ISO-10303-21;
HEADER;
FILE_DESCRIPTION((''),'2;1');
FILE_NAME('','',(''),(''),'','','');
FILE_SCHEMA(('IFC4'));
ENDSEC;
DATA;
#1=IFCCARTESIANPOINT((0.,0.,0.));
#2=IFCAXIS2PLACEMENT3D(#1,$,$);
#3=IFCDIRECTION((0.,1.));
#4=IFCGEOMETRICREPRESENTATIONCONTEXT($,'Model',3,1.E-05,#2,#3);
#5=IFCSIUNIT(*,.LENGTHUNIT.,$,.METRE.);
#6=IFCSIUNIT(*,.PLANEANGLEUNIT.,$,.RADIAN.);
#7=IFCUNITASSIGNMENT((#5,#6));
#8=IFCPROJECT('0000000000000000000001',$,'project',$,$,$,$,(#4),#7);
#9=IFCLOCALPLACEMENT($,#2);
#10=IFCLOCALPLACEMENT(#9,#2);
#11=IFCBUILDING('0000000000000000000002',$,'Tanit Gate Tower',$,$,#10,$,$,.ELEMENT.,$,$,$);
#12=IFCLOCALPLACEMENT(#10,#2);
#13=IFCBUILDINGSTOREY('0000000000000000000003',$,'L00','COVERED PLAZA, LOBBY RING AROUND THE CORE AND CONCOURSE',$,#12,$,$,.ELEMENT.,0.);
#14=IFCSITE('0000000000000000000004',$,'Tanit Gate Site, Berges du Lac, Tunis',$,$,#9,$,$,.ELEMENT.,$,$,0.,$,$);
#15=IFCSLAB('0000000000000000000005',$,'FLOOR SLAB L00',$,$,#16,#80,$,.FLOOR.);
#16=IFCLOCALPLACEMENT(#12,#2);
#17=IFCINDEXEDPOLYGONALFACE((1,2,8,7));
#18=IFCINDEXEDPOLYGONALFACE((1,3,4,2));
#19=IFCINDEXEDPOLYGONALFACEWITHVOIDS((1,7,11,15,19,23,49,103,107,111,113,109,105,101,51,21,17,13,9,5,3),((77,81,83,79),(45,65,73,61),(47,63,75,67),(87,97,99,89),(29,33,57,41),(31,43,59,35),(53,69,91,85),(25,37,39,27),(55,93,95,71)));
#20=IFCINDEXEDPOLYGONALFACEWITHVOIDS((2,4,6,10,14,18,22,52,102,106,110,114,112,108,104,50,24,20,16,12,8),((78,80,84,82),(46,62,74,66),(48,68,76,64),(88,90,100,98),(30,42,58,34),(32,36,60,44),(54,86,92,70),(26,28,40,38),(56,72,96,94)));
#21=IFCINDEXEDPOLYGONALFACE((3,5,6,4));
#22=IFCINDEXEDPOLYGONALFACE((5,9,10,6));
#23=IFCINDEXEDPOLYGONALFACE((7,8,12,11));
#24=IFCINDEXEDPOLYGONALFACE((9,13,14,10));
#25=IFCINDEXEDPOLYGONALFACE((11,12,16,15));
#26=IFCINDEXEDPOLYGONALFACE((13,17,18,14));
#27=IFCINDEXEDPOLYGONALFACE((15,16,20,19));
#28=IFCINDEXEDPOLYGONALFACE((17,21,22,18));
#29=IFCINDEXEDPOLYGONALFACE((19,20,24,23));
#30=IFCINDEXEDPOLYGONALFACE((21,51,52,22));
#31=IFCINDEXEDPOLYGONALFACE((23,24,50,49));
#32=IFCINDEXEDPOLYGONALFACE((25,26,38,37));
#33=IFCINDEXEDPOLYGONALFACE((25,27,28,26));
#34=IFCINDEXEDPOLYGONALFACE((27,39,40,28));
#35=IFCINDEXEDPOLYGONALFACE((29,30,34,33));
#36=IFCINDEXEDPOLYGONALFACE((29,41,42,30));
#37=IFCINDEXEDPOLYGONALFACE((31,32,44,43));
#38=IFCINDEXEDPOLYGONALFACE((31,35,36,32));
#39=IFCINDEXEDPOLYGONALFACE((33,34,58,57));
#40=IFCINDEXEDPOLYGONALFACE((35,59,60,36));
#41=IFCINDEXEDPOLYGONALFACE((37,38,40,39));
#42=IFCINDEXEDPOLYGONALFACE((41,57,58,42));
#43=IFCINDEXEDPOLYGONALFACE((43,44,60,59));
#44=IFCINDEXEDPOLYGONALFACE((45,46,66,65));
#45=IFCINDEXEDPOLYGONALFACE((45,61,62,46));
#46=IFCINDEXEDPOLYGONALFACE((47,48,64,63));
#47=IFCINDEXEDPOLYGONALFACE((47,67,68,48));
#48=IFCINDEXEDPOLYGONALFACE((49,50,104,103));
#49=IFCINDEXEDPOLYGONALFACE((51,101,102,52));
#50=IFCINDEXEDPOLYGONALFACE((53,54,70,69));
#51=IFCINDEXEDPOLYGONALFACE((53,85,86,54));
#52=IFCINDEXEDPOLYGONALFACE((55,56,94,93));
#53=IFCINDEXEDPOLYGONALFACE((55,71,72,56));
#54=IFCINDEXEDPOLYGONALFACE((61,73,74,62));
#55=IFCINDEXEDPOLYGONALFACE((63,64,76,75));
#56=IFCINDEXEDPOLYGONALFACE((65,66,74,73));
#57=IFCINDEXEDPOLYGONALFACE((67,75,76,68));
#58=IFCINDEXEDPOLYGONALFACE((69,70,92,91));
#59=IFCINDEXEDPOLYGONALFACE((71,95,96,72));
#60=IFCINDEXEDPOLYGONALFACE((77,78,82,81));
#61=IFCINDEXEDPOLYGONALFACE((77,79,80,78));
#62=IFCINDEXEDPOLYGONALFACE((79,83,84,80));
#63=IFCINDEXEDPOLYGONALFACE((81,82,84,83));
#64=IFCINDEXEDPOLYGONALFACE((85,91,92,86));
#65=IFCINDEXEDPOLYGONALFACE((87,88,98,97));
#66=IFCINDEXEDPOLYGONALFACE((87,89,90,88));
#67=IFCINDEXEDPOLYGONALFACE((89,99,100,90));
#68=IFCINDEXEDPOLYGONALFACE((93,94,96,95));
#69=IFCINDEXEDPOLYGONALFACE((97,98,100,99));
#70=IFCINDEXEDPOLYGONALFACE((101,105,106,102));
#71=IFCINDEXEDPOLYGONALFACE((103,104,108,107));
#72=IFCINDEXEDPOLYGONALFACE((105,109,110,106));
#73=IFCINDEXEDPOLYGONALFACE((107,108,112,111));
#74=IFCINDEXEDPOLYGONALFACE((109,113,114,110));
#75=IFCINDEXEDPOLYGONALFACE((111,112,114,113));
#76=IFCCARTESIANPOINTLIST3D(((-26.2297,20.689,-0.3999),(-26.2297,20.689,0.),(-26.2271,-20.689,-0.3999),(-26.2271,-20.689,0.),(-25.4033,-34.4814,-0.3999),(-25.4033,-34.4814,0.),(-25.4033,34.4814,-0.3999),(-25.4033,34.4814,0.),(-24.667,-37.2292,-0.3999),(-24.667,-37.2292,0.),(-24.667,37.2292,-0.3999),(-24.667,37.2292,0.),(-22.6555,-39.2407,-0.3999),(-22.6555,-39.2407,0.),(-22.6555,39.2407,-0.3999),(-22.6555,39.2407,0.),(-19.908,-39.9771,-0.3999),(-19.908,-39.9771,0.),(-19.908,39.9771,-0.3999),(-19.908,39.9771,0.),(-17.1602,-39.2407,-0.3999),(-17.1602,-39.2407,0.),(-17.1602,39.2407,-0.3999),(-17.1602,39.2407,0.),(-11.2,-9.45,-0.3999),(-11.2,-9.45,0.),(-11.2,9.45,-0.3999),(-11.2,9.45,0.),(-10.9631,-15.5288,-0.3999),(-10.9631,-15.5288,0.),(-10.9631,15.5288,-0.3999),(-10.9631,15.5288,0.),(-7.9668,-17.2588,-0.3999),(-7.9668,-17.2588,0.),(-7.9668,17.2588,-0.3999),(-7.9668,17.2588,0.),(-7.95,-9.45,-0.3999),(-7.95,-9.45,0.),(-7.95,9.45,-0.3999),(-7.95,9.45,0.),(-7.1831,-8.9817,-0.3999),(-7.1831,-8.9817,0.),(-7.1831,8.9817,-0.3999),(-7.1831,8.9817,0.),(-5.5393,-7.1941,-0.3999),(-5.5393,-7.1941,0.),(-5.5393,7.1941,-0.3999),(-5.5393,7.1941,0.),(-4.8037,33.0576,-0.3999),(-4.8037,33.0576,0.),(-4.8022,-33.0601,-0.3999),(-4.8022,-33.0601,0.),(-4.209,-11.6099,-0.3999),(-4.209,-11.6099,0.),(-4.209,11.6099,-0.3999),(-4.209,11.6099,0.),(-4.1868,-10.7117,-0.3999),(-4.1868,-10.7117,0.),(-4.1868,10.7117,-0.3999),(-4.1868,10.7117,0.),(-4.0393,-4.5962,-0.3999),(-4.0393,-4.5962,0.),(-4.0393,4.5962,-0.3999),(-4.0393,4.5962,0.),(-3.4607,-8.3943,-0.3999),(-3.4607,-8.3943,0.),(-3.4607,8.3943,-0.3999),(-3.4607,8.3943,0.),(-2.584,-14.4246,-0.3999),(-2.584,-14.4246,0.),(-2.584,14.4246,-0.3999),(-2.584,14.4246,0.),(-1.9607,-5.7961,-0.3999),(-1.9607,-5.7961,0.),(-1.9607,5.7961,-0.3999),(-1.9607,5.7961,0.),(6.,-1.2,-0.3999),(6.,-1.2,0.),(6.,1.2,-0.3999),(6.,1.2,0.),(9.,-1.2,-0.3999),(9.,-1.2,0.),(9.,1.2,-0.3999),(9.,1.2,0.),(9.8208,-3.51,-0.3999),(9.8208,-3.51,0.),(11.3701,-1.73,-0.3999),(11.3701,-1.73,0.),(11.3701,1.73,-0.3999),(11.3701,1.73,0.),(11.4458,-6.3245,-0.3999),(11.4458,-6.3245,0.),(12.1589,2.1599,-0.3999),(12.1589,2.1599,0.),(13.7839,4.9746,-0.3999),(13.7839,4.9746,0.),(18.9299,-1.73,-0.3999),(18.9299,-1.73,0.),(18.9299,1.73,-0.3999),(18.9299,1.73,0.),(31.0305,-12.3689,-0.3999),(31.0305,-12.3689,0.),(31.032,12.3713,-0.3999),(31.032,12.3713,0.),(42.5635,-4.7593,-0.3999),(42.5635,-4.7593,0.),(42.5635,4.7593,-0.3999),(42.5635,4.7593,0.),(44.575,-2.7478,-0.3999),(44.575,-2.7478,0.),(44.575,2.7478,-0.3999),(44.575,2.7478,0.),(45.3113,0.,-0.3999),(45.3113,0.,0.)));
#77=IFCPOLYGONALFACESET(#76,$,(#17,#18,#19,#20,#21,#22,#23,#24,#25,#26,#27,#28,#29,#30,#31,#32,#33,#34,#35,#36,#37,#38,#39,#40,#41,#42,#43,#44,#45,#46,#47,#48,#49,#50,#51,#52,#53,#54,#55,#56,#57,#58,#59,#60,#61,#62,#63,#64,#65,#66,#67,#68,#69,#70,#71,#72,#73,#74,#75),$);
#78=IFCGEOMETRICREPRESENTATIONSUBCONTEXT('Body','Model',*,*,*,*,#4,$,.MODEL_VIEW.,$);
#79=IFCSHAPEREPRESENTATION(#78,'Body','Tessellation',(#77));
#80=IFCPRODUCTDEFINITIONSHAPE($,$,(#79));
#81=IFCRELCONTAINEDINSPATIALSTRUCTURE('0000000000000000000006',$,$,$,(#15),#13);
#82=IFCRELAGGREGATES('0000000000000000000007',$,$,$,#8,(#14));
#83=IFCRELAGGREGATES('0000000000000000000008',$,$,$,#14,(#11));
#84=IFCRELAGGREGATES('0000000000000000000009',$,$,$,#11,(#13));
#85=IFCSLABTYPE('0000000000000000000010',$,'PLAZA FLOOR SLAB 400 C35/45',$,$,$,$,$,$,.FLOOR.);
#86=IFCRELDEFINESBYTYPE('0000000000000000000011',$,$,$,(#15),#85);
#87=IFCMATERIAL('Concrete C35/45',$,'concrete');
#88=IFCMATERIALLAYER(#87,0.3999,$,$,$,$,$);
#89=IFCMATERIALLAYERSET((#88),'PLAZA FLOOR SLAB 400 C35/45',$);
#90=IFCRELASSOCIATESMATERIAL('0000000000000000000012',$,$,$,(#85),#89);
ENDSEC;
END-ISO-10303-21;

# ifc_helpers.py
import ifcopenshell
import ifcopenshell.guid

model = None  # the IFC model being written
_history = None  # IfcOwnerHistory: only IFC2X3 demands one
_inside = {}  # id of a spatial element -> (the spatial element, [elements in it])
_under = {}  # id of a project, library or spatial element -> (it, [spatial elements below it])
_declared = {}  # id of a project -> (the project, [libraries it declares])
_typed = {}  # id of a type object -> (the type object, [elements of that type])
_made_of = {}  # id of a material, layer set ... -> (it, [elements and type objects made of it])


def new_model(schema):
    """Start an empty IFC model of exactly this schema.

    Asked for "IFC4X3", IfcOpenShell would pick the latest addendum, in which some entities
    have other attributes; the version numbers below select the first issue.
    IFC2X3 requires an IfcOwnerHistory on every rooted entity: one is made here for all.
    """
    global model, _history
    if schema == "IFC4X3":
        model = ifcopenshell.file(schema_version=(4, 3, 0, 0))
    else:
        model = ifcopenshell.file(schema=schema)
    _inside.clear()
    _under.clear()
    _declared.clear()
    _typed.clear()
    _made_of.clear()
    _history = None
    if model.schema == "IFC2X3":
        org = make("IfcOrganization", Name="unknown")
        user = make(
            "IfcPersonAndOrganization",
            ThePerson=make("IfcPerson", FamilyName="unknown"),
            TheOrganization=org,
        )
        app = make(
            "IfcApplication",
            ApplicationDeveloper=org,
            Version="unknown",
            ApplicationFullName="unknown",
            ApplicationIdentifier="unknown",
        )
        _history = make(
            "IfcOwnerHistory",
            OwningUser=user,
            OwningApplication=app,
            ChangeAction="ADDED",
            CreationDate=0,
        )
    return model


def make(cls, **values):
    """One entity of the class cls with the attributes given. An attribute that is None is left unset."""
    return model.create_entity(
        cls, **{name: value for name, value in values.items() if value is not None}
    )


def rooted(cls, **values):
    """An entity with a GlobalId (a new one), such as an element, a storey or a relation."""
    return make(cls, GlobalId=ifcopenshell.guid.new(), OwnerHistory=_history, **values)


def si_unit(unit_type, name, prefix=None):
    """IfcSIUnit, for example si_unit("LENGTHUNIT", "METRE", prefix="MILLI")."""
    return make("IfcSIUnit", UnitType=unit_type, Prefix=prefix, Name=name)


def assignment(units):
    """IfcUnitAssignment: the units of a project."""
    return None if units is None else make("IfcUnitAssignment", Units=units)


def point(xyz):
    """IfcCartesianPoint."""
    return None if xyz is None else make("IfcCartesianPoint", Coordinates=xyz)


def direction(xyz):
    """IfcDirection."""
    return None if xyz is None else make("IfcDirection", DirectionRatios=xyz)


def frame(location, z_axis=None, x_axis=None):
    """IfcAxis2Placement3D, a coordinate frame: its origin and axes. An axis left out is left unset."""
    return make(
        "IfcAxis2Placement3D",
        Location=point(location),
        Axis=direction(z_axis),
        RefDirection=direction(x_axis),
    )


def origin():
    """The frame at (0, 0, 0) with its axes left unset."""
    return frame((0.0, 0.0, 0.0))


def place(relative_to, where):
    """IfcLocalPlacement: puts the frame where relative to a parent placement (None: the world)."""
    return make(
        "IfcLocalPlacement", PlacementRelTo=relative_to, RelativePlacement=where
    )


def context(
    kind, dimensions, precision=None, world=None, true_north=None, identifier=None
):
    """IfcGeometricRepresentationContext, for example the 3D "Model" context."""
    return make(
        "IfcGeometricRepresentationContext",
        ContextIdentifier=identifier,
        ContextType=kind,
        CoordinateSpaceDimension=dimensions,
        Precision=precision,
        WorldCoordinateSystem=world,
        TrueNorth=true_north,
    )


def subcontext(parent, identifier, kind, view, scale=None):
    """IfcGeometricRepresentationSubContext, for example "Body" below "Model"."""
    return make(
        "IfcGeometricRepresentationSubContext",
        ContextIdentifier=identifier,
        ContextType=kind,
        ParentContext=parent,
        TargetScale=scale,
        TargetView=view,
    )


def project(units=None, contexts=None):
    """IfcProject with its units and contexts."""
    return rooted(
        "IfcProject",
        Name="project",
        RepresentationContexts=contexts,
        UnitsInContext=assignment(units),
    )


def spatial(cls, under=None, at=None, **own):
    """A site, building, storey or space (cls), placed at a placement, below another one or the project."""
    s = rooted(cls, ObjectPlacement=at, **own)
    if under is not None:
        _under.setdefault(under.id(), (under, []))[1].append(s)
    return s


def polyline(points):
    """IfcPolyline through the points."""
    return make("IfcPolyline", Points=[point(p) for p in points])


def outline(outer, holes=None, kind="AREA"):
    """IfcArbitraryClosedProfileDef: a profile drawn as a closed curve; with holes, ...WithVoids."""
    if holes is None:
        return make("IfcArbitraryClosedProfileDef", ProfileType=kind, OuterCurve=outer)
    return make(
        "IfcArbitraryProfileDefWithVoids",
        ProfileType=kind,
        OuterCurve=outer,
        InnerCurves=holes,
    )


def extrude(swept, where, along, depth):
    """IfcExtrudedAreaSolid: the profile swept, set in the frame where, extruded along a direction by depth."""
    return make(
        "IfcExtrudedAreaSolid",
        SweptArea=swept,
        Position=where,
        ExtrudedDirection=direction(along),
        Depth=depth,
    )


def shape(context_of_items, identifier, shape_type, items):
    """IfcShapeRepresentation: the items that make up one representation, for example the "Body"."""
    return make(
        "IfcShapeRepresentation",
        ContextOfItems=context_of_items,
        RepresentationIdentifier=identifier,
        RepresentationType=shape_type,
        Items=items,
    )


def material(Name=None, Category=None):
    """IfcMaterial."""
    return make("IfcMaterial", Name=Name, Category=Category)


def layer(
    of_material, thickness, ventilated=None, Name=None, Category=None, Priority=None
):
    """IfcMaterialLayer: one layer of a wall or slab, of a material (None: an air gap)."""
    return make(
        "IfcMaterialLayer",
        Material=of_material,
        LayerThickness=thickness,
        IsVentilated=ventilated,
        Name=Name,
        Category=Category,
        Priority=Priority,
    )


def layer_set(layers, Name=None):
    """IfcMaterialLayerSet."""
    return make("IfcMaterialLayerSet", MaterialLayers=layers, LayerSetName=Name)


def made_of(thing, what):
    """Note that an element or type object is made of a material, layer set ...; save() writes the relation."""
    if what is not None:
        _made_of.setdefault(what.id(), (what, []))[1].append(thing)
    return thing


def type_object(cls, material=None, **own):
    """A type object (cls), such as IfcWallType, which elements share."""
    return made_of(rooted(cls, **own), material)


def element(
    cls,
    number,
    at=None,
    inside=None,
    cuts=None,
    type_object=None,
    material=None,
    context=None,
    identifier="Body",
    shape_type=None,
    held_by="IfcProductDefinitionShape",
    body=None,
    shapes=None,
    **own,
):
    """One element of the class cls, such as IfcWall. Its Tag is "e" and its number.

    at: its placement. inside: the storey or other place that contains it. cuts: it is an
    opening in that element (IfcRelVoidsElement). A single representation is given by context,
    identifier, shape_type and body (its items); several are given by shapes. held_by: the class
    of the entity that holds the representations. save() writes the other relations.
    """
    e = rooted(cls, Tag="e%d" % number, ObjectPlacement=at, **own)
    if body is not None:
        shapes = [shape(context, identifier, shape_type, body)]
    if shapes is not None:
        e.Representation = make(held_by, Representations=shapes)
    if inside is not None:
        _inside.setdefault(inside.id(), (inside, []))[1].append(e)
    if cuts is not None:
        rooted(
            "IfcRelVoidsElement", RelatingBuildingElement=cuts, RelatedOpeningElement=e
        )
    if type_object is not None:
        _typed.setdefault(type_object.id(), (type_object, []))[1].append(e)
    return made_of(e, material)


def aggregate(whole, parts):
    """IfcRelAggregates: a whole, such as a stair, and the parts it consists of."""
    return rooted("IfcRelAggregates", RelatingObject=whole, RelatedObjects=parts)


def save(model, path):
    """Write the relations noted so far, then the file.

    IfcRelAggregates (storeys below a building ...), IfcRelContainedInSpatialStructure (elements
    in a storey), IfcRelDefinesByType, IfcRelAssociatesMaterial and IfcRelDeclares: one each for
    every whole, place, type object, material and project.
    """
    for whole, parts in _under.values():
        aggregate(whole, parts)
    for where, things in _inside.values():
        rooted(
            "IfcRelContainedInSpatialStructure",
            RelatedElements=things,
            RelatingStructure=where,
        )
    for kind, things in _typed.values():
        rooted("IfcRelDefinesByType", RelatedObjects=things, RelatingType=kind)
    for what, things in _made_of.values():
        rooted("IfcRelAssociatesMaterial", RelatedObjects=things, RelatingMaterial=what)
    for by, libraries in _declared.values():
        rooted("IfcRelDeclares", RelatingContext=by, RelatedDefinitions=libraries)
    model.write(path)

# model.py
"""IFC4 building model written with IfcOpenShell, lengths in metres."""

from ifc_helpers import new_model, si_unit, direction, frame, origin, place, context, subcontext, project, spatial, polyline, outline, extrude, material, layer, layer_set, type_object, element, save


model = new_model("IFC4")

# Units and contexts
model_context = context("Model", 3, precision=1e-05, world=origin(), true_north=direction((0.0, 1.0)))
body_context = subcontext(model_context, "Body", "Model", "MODEL_VIEW")
ifc_project = project(units=[si_unit("LENGTHUNIT", "METRE"), si_unit("PLANEANGLEUNIT", "RADIAN")], contexts=[model_context])

# Site, building, storey
site_placement = place(None, origin())
site = spatial("IfcSite", under=ifc_project, at=site_placement, Name="Tanit Gate Site, Berges du Lac, Tunis", CompositionType="ELEMENT", RefElevation=0.0)
building_placement = place(site_placement, origin())
building = spatial("IfcBuilding", under=site, at=building_placement, Name="Tanit Gate Tower", CompositionType="ELEMENT")
storey_placement = place(building_placement, origin())
storey = spatial("IfcBuildingStorey", under=building, at=storey_placement, Name="L00", Description="COVERED PLAZA, LOBBY RING AROUND THE CORE AND CONCOURSE", CompositionType="ELEMENT", Elevation=0.0)

# Slab
ifc_material_1 = material(Name="Concrete C35/45", Category="concrete")
ifc_layer_1 = layer(ifc_material_1, 0.3999)
ifc_layer_set_1 = layer_set([ifc_layer_1], Name="PLAZA FLOOR SLAB 400 C35/45")
slab_type_1 = type_object("IfcSlabType", Name="PLAZA FLOOR SLAB 400 C35/45", PredefinedType="FLOOR", material=ifc_layer_set_1)
slab_1_placement = place(storey_placement, frame((0.0, 0.0, -0.3999)))
element("IfcSlab", 1, at=slab_1_placement, inside=storey, type_object=slab_type_1, Name="FLOOR SLAB L00", PredefinedType="FLOOR", context=body_context, shape_type="SweptSolid", body=[
    extrude(outline(polyline([(44.575, 2.7478), (45.3113, 0.0), (44.575, -2.7478), (42.5635, -4.7593), (31.0305, -12.3689), (-4.8022, -33.0601), (-17.1602, -39.2407), (-19.908, -39.9771), (-22.6555, -39.2407), (-24.667, -37.2292), (-25.4033, -34.4814), (-26.2271, -20.689), (-26.2297, 20.689), (-25.4033, 34.4814), (-24.667, 37.2292), (-22.6555, 39.2407), (-19.908, 39.9771), (-17.1602, 39.2407), (-4.8037, 33.0576), (31.032, 12.3713), (42.5635, 4.7593), (44.575, 2.7478)]), holes=[polyline([(11.3701, 1.73), (18.9299, 1.73), (18.9299, -1.73), (11.3701, -1.73), (11.3701, 1.73)]), polyline([(-4.209, 11.6099), (-2.584, 14.4246), (13.7839, 4.9746), (12.1589, 2.1599), (-4.209, 11.6099)]), polyline([(-4.209, -11.6099), (9.8208, -3.51), (11.4458, -6.3245), (-2.584, -14.4246), (-4.209, -11.6099)]), polyline([(9.0, 1.2), (9.0, -1.2), (6.0, -1.2), (6.0, 1.2), (9.0, 1.2)]), polyline([(-5.5393, 7.1941), (-3.4607, 8.3943), (-1.9607, 5.7961), (-4.0393, 4.5962), (-5.5393, 7.1941)]), polyline([(-1.9607, -5.7961), (-3.4607, -8.3943), (-5.5393, -7.1941), (-4.0393, -4.5962), (-1.9607, -5.7961)]), polyline([(-10.9631, 15.5288), (-7.9668, 17.2588), (-4.1868, 10.7117), (-7.1831, 8.9817), (-10.9631, 15.5288)]), polyline([(-4.1868, -10.7117), (-7.9668, -17.2588), (-10.9631, -15.5288), (-7.1831, -8.9817), (-4.1868, -10.7117)]), polyline([(-11.2, -9.45), (-11.2, 9.45), (-7.95, 9.45), (-7.95, -9.45), (-11.2, -9.45)])]), origin(), (0.0, 0.0, 1.0), 0.3999),
])

save(model, "model.ifc")
